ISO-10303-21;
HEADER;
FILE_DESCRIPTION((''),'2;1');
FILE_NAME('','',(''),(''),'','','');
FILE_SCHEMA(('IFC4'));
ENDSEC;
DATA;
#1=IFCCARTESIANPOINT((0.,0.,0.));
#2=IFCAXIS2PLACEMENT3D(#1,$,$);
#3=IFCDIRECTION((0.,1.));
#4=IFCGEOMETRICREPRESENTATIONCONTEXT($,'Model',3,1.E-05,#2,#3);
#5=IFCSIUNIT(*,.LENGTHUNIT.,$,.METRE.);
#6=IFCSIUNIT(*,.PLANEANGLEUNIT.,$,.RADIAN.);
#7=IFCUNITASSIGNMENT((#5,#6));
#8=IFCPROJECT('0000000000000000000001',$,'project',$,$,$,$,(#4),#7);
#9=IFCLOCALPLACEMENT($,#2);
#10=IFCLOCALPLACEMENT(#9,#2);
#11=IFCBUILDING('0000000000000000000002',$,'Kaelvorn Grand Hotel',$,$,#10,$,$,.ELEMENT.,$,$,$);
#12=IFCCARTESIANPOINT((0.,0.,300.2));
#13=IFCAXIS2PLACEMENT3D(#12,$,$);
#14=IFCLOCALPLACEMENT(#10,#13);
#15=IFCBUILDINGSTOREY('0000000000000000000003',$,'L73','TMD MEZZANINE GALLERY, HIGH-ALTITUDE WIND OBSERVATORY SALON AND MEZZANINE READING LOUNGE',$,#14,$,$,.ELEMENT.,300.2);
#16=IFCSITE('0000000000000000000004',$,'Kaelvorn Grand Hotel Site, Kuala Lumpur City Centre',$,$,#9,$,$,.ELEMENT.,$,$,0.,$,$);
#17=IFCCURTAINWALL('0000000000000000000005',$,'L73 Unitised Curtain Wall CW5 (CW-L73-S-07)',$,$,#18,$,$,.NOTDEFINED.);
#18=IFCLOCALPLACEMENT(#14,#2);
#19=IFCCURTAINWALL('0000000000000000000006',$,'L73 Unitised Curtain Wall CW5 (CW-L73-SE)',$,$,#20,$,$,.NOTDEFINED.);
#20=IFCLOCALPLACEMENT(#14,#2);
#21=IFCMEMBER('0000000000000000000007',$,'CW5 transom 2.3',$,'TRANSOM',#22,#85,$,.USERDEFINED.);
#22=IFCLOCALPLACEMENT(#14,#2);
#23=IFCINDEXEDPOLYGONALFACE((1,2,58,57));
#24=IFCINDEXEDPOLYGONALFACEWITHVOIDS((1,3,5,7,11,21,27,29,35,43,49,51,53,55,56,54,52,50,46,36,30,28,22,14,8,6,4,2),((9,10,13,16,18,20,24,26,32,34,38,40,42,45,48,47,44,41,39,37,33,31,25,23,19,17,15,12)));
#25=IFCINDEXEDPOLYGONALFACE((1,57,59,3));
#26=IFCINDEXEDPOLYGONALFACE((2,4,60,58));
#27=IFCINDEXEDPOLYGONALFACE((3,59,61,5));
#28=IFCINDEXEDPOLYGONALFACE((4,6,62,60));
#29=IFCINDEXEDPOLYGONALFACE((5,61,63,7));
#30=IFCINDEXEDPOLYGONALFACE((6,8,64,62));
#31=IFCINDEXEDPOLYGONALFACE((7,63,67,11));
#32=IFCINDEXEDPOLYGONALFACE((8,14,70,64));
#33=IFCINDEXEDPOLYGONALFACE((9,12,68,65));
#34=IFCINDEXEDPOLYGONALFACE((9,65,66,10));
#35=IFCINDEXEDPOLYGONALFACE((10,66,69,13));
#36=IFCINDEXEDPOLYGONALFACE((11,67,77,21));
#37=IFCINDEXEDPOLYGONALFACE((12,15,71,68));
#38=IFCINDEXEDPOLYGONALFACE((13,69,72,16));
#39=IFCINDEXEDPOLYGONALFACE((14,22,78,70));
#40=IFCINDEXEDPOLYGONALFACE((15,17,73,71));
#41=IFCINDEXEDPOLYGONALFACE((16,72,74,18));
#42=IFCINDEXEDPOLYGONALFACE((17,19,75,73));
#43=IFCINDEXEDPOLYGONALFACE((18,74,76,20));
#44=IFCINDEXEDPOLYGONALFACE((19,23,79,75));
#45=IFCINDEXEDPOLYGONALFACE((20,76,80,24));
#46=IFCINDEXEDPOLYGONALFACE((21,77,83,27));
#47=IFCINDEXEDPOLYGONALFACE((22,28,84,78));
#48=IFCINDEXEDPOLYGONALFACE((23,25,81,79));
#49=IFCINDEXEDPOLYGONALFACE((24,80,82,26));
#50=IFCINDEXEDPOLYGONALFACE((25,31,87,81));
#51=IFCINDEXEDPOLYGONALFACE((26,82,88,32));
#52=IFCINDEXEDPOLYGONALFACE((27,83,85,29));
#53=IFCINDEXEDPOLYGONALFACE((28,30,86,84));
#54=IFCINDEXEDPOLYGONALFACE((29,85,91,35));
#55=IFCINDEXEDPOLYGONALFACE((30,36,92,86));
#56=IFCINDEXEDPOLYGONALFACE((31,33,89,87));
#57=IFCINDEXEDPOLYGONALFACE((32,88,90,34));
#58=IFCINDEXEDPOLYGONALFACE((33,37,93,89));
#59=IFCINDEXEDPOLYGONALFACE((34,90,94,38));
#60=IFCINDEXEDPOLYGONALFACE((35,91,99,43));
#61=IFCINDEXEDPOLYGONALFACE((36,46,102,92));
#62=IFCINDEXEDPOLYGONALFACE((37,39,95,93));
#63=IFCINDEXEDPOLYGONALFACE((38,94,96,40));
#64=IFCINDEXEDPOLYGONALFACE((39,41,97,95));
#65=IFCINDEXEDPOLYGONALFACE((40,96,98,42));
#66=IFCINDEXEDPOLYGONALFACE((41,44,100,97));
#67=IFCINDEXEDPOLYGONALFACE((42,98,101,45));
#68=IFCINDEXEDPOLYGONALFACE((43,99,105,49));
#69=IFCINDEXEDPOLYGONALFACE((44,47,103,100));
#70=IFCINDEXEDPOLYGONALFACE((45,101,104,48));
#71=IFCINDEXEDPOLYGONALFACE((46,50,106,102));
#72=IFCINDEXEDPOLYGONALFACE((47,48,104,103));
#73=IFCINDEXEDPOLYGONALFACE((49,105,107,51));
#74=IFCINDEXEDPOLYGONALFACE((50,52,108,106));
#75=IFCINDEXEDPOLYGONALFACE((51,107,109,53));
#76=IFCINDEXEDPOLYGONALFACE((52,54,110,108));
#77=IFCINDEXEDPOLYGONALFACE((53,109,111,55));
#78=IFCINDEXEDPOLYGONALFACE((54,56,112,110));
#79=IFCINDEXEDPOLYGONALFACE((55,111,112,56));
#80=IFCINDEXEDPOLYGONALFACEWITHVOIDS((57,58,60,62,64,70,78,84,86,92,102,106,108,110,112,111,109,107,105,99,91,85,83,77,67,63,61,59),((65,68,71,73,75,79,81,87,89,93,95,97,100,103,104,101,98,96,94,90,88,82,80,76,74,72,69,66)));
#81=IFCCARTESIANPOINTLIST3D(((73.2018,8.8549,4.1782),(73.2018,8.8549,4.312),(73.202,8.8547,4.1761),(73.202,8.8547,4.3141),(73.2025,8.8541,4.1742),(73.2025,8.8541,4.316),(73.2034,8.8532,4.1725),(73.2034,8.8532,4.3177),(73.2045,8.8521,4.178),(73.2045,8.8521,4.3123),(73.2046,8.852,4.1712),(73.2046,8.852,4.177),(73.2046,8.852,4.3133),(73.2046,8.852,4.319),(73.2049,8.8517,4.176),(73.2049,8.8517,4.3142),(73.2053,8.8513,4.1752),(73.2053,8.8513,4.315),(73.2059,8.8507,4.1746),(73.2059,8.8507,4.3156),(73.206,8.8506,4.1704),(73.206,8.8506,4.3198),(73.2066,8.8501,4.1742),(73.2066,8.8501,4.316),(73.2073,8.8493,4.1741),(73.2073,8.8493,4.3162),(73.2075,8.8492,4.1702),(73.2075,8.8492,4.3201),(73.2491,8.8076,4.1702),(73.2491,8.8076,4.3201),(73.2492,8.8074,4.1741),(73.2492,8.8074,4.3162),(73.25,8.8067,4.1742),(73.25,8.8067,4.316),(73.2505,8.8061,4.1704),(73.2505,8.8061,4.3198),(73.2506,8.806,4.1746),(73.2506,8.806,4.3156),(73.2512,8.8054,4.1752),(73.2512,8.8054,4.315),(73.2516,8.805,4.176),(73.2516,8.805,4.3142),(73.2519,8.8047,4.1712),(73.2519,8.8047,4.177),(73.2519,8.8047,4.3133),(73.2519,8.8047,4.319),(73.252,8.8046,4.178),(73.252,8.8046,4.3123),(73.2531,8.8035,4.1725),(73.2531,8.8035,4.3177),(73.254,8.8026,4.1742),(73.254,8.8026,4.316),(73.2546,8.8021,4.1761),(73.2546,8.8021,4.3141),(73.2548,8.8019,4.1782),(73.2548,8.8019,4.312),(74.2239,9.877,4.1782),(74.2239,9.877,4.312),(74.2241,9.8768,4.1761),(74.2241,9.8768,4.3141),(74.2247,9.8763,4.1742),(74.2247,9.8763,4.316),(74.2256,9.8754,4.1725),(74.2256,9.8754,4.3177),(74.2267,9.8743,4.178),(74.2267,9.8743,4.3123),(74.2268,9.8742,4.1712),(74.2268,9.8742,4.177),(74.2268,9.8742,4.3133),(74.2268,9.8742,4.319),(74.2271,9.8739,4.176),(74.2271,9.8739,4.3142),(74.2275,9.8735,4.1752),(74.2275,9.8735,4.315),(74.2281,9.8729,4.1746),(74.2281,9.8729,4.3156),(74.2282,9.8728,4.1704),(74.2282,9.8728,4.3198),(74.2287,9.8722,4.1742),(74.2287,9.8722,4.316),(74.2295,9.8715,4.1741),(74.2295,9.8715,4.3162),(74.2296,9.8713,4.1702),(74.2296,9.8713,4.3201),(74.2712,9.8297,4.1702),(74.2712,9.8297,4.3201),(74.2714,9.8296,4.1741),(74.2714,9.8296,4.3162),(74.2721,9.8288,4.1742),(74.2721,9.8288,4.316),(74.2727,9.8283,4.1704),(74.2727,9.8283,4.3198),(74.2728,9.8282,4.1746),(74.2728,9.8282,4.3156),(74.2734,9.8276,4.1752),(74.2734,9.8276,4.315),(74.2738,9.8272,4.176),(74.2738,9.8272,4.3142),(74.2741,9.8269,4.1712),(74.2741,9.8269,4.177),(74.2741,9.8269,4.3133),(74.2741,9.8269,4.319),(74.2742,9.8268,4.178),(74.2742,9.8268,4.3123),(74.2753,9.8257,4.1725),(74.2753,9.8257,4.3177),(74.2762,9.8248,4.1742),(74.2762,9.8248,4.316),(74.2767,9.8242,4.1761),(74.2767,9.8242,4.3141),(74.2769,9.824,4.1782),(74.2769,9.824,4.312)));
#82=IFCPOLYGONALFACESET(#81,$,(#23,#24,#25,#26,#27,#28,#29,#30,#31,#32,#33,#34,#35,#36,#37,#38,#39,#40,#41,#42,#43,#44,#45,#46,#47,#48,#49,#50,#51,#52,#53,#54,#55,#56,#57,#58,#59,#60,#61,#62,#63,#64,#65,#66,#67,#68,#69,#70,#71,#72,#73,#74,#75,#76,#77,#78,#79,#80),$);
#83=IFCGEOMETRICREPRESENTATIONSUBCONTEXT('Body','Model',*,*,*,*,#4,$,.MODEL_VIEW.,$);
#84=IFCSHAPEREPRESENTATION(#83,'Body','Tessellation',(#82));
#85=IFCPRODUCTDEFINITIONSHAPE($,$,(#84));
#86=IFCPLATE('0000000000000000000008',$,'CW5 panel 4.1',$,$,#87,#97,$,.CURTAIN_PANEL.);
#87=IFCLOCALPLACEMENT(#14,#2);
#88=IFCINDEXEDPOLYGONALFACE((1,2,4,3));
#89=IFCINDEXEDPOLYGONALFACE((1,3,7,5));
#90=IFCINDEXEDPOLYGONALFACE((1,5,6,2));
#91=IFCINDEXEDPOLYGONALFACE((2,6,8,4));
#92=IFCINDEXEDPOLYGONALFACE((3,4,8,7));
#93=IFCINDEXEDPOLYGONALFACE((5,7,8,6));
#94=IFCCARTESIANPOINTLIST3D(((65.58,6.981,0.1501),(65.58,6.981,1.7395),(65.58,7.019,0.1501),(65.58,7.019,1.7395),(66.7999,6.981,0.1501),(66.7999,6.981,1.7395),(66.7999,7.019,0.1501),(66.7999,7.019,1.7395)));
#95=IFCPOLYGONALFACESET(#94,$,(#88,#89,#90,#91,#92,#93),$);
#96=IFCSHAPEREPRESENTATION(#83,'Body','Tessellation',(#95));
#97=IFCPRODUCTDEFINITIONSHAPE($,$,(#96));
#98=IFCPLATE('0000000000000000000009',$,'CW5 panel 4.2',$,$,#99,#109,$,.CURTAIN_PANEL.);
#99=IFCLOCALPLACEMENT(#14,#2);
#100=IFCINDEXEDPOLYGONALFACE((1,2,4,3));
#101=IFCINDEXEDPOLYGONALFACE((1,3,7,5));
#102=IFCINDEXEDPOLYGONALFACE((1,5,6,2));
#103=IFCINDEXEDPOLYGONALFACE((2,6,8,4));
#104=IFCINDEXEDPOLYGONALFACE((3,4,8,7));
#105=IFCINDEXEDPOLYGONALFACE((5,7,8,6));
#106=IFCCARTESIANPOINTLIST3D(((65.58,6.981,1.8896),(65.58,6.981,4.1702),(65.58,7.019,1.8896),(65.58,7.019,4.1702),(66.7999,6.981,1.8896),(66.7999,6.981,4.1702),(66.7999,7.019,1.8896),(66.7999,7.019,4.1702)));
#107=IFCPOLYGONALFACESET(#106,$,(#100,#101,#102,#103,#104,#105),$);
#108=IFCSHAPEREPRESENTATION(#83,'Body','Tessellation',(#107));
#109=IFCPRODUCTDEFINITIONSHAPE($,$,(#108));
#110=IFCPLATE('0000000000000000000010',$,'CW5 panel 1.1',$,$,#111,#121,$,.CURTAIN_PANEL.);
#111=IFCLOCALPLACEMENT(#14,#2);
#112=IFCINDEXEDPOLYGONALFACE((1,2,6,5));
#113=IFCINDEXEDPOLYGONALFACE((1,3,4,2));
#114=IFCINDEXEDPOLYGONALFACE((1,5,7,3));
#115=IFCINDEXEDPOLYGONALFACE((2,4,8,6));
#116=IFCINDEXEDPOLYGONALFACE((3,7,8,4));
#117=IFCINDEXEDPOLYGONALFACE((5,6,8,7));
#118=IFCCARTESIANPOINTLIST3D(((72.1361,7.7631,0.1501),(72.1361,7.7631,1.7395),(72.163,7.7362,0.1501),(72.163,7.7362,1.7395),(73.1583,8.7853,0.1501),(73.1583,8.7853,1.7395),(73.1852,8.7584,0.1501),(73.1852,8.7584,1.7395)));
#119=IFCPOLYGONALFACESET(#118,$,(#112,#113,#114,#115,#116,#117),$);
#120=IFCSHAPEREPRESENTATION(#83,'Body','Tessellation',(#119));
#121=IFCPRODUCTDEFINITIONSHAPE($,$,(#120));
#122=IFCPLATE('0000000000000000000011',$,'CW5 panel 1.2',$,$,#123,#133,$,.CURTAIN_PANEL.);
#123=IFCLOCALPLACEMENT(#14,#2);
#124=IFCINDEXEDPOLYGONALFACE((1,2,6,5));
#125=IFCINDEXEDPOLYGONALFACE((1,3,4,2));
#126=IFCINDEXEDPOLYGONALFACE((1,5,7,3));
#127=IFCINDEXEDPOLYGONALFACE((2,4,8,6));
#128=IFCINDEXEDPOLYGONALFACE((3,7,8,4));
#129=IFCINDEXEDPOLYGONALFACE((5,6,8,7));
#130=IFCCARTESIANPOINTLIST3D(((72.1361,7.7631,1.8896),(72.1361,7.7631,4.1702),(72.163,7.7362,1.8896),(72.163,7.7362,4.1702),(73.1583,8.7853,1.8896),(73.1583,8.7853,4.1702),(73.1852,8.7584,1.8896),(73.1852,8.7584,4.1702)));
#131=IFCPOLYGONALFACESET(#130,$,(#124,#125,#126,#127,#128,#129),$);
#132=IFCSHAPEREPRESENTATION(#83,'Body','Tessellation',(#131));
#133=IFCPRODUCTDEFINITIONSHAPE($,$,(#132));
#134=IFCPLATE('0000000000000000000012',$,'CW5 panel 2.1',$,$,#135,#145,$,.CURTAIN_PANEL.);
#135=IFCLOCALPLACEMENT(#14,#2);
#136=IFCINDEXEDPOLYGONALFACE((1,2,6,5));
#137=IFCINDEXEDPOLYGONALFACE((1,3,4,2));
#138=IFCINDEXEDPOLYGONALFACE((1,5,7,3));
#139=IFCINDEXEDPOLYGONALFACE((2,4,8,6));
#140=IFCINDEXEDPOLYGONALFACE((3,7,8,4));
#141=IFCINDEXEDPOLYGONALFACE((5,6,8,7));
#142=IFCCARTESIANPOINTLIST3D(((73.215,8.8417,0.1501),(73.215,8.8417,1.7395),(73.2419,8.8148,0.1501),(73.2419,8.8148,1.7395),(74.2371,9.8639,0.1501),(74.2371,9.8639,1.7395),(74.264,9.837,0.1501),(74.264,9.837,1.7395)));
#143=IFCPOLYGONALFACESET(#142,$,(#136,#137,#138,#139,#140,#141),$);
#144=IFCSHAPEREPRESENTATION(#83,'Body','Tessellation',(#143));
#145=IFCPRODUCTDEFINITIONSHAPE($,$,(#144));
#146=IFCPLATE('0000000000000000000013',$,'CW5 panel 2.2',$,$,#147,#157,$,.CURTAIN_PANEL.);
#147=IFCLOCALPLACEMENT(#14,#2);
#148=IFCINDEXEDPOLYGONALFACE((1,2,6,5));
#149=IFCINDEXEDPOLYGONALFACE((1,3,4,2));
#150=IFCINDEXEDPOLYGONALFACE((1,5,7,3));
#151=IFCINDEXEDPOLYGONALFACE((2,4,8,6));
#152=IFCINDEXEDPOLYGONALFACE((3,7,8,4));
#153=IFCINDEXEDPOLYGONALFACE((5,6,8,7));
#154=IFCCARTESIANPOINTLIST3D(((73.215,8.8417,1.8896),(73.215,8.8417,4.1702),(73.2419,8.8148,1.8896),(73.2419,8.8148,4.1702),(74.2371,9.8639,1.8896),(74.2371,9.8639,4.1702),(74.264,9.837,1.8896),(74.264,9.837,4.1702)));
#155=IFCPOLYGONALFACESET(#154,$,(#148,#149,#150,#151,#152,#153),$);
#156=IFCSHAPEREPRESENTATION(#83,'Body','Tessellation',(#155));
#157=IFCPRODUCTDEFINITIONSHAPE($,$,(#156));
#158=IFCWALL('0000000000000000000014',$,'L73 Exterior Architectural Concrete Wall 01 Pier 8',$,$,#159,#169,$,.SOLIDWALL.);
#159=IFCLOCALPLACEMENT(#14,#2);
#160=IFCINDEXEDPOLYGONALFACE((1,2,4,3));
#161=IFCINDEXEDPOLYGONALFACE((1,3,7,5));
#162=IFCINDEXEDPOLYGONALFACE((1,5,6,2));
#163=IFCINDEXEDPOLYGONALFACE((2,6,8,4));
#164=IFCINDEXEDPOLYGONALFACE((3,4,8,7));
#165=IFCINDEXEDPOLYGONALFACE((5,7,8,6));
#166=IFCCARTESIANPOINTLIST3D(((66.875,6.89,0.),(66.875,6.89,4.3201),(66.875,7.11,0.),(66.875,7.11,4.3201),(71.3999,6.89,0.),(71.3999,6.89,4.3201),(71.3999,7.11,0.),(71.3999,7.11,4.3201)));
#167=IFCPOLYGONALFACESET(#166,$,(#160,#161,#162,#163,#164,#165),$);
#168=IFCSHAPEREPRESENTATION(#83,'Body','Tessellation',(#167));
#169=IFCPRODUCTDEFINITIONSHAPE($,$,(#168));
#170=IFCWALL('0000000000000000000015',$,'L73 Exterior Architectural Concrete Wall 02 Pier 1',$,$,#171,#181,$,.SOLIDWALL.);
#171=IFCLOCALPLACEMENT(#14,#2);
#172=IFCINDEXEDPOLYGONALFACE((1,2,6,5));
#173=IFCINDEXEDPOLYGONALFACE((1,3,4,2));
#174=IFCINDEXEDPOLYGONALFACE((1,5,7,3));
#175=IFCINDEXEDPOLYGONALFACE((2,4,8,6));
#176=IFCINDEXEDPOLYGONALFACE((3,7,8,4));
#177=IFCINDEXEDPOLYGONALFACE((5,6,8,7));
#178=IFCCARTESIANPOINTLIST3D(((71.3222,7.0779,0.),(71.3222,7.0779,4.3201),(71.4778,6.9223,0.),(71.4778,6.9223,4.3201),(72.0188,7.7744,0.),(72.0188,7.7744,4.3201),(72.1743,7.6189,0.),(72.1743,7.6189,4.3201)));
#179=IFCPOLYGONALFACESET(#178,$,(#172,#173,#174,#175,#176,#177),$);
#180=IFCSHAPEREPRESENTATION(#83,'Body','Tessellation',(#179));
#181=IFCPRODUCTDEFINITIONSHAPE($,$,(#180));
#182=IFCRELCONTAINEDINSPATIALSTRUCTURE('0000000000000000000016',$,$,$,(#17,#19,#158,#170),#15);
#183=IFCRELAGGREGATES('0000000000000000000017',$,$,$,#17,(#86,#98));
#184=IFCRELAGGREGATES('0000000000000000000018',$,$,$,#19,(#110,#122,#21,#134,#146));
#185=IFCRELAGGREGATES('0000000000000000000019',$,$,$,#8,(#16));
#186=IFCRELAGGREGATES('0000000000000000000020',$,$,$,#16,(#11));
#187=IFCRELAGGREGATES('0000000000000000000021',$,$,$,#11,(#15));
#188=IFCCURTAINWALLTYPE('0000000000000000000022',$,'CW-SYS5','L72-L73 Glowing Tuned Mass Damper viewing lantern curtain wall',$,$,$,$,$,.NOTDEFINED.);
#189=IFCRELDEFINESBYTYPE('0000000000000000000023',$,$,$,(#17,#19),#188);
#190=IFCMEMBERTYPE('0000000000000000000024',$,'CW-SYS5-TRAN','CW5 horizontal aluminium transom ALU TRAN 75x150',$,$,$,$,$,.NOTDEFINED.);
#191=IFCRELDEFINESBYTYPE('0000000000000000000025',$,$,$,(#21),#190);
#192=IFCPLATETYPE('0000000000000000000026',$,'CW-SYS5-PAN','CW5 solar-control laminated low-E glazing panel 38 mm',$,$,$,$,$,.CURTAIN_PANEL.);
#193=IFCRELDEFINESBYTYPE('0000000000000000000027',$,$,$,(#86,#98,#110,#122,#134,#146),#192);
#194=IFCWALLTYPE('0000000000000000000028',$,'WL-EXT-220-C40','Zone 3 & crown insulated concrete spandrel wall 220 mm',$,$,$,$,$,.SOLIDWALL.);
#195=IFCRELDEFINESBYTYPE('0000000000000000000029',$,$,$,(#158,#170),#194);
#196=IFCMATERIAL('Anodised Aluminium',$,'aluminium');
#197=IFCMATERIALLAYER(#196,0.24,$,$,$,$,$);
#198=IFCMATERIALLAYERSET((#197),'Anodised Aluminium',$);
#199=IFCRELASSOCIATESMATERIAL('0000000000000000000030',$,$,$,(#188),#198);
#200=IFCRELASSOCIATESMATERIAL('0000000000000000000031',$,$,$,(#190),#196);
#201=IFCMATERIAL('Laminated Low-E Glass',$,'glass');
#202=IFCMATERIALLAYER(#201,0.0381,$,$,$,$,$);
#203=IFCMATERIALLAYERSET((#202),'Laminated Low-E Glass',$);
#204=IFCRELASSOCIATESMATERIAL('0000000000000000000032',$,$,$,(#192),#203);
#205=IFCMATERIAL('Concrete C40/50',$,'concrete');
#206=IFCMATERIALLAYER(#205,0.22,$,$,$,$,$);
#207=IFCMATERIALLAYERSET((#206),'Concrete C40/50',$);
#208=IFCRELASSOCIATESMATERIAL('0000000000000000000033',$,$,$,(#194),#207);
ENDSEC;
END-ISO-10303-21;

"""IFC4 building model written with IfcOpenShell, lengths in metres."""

from ifc_helpers import new_model, si_unit, direction, frame, frame_2d, origin, origin_2d, place, context, subcontext, project, spatial, rectangle, hollow_rectangle, extrude, material, layer, layer_set, material_profile, profile_set, type_object, element, aggregate, save


model = new_model("IFC4")

# Units and contexts
model_context = context("Model", 3, precision=1e-05, world=origin(), true_north=direction((0.0, 1.0)))
body_context = subcontext(model_context, "Body", "Model", "MODEL_VIEW")
ifc_project = project(units=[si_unit("LENGTHUNIT", "METRE"), si_unit("PLANEANGLEUNIT", "RADIAN")], contexts=[model_context])

# Site, building, storey
site_placement = place(None, origin())
site = spatial("IfcSite", under=ifc_project, at=site_placement, Name="Kaelvorn Grand Hotel Site, Kuala Lumpur City Centre", CompositionType="ELEMENT", RefElevation=0.0)
building_placement = place(site_placement, origin())
building = spatial("IfcBuilding", under=site, at=building_placement, Name="Kaelvorn Grand Hotel", CompositionType="ELEMENT")
storey_placement = place(building_placement, frame((0.0, 0.0, 300.2)))
storey = spatial("IfcBuildingStorey", under=building, at=storey_placement, Name="L73", Description="TMD MEZZANINE GALLERY, HIGH-ALTITUDE WIND OBSERVATORY SALON AND MEZZANINE READING LOUNGE", CompositionType="ELEMENT", Elevation=300.2)

# Curtain wall
ifc_material_1 = material(Name="Anodised Aluminium", Category="aluminium")
ifc_layer_1 = layer(ifc_material_1, 0.24)
ifc_layer_set_1 = layer_set([ifc_layer_1], Name="Anodised Aluminium")
curtain_wall_type = type_object("IfcCurtainWallType", Name="CW-SYS5", Description="L72-L73 Glowing Tuned Mass Damper viewing lantern curtain wall", PredefinedType="NOTDEFINED", material=ifc_layer_set_1)
curtain_wall_1_placement = place(storey_placement, origin())
curtain_wall_1 = element("IfcCurtainWall", 1, at=curtain_wall_1_placement, inside=storey, type_object=curtain_wall_type, Name="L73 Unitised Curtain Wall CW5 (CW-L73-S-07)", PredefinedType="NOTDEFINED")

# Curtain wall, member
curtain_wall_2_placement = place(storey_placement, origin())
curtain_wall_2 = element("IfcCurtainWall", 2, at=curtain_wall_2_placement, inside=storey, type_object=curtain_wall_type, Name="L73 Unitised Curtain Wall CW5 (CW-L73-SE)", PredefinedType="NOTDEFINED")
ifc_material_profile_1 = material_profile(ifc_material_1, hollow_rectangle(XDim=0.075, YDim=0.1499, WallThickness=0.0039, InnerFilletRadius=0.0039, OuterFilletRadius=0.0081, at=origin_2d()), Name="ALU TRAN 75x150")
ifc_profile_set_1 = profile_set([ifc_material_profile_1], Name="Anodised Aluminium")
member_type_1 = type_object("IfcMemberType", Name="CW-SYS5-TRAN", Description="CW5 horizontal aluminium transom ALU TRAN 75x150", PredefinedType="NOTDEFINED", material=ifc_profile_set_1)
member_1_placement = place(storey_placement, frame((73.2283, 8.8284, 4.2451), z_axis=(0.707107, 0.707107, 0.0), x_axis=(-0.707107, 0.707107, 0.0)))
member_1 = element("IfcMember", 3, at=member_1_placement, type_object=member_type_1, Name="CW5 transom 2.3", ObjectType="TRANSOM", PredefinedType="USERDEFINED", context=body_context, shape_type="SweptSolid", body=[
    extrude(hollow_rectangle(XDim=0.075, YDim=0.1499, WallThickness=0.0039, InnerFilletRadius=0.0039, OuterFilletRadius=0.0081, at=origin_2d()), origin(), (0.0, 0.0, 1.0), 1.4456),
])

# Plates
ifc_material_2 = material(Name="Laminated Low-E Glass", Category="glass")
ifc_layer_2 = layer(ifc_material_2, 0.0381)
ifc_layer_set_2 = layer_set([ifc_layer_2], Name="Laminated Low-E Glass")
plate_type = type_object("IfcPlateType", Name="CW-SYS5-PAN", Description="CW5 solar-control laminated low-E glazing panel 38 mm", PredefinedType="CURTAIN_PANEL", material=ifc_layer_set_2)
plate_1_placement = place(storey_placement, frame((66.1899, 7.0, 0.1501), z_axis=(0.0, 0.0, 1.0), x_axis=(1.0, 0.0, 0.0)))
plate_1 = element("IfcPlate", 4, at=plate_1_placement, type_object=plate_type, Name="CW5 panel 4.1", PredefinedType="CURTAIN_PANEL", context=body_context, shape_type="SweptSolid", body=[
    extrude(rectangle(XDim=1.22, YDim=0.0381, at=origin_2d()), origin(), (0.0, 0.0, 1.0), 1.5894),
])
plate_2_placement = place(storey_placement, frame((66.1899, 7.0, 1.8896), z_axis=(0.0, 0.0, 1.0), x_axis=(1.0, 0.0, 0.0)))
plate_2 = element("IfcPlate", 5, at=plate_2_placement, type_object=plate_type, Name="CW5 panel 4.2", PredefinedType="CURTAIN_PANEL", context=body_context, shape_type="SweptSolid", body=[
    extrude(rectangle(XDim=1.22, YDim=0.0381, at=origin_2d()), origin(), (0.0, 0.0, 1.0), 2.2805),
])
aggregate(curtain_wall_1, [plate_1, plate_2])
plate_3_placement = place(storey_placement, frame((72.6606, 8.2607, 0.1501), z_axis=(0.0, 0.0, 1.0), x_axis=(0.707107, 0.707107, 0.0)))
plate_3 = element("IfcPlate", 6, at=plate_3_placement, type_object=plate_type, Name="CW5 panel 1.1", PredefinedType="CURTAIN_PANEL", context=body_context, shape_type="SweptSolid", body=[
    extrude(rectangle(XDim=1.4456, YDim=0.0381, at=origin_2d()), origin(), (0.0, 0.0, 1.0), 1.5894),
])
plate_4_placement = place(storey_placement, frame((72.6606, 8.2607, 1.8896), z_axis=(0.0, 0.0, 1.0), x_axis=(0.707107, 0.707107, 0.0)))
plate_4 = element("IfcPlate", 7, at=plate_4_placement, type_object=plate_type, Name="CW5 panel 1.2", PredefinedType="CURTAIN_PANEL", context=body_context, shape_type="SweptSolid", body=[
    extrude(rectangle(XDim=1.4456, YDim=0.0381, at=origin_2d()), origin(), (0.0, 0.0, 1.0), 2.2805),
])
plate_5_placement = place(storey_placement, frame((73.7395, 9.3394, 0.1501), z_axis=(0.0, 0.0, 1.0), x_axis=(0.707107, 0.707107, 0.0)))
plate_5 = element("IfcPlate", 8, at=plate_5_placement, type_object=plate_type, Name="CW5 panel 2.1", PredefinedType="CURTAIN_PANEL", context=body_context, shape_type="SweptSolid", body=[
    extrude(rectangle(XDim=1.4456, YDim=0.0381, at=origin_2d()), origin(), (0.0, 0.0, 1.0), 1.5894),
])
plate_6_placement = place(storey_placement, frame((73.7395, 9.3394, 1.8896), z_axis=(0.0, 0.0, 1.0), x_axis=(0.707107, 0.707107, 0.0)))
plate_6 = element("IfcPlate", 9, at=plate_6_placement, type_object=plate_type, Name="CW5 panel 2.2", PredefinedType="CURTAIN_PANEL", context=body_context, shape_type="SweptSolid", body=[
    extrude(rectangle(XDim=1.4456, YDim=0.0381, at=origin_2d()), origin(), (0.0, 0.0, 1.0), 2.2805),
])
aggregate(curtain_wall_2, [plate_3, plate_4, member_1, plate_5, plate_6])

# Walls
ifc_material_3 = material(Name="Concrete C40/50", Category="concrete")
ifc_layer_3 = layer(ifc_material_3, 0.22)
ifc_layer_set_3 = layer_set([ifc_layer_3], Name="Concrete C40/50")
wall_type = type_object("IfcWallType", Name="WL-EXT-220-C40", Description="Zone 3 & crown insulated concrete spandrel wall 220 mm", PredefinedType="SOLIDWALL", material=ifc_layer_set_3)
wall_1_placement = place(storey_placement, frame((66.875, 7.0, 0.0), z_axis=(0.0, 0.0, 1.0), x_axis=(1.0, 0.0, 0.0)))
element("IfcWall", 10, at=wall_1_placement, inside=storey, type_object=wall_type, Name="L73 Exterior Architectural Concrete Wall 01 Pier 8", PredefinedType="SOLIDWALL", context=body_context, shape_type="SweptSolid", body=[
    extrude(rectangle(XDim=4.5249, YDim=0.22, at=frame_2d((2.2625, 0.0))), origin(), (0.0, 0.0, 1.0), 4.3201),
])
wall_2_placement = place(storey_placement, frame((71.3999, 7.0, 0.0), z_axis=(0.0, 0.0, 1.0), x_axis=(0.707107, 0.707107, 0.0)))
element("IfcWall", 11, at=wall_2_placement, inside=storey, type_object=wall_type, Name="L73 Exterior Architectural Concrete Wall 02 Pier 1", PredefinedType="SOLIDWALL", context=body_context, shape_type="SweptSolid", body=[
    extrude(rectangle(XDim=0.9851, YDim=0.22, at=frame_2d((0.4927, 0.0))), origin(), (0.0, 0.0, 1.0), 4.3201),
])

save(model, "model.ifc")
